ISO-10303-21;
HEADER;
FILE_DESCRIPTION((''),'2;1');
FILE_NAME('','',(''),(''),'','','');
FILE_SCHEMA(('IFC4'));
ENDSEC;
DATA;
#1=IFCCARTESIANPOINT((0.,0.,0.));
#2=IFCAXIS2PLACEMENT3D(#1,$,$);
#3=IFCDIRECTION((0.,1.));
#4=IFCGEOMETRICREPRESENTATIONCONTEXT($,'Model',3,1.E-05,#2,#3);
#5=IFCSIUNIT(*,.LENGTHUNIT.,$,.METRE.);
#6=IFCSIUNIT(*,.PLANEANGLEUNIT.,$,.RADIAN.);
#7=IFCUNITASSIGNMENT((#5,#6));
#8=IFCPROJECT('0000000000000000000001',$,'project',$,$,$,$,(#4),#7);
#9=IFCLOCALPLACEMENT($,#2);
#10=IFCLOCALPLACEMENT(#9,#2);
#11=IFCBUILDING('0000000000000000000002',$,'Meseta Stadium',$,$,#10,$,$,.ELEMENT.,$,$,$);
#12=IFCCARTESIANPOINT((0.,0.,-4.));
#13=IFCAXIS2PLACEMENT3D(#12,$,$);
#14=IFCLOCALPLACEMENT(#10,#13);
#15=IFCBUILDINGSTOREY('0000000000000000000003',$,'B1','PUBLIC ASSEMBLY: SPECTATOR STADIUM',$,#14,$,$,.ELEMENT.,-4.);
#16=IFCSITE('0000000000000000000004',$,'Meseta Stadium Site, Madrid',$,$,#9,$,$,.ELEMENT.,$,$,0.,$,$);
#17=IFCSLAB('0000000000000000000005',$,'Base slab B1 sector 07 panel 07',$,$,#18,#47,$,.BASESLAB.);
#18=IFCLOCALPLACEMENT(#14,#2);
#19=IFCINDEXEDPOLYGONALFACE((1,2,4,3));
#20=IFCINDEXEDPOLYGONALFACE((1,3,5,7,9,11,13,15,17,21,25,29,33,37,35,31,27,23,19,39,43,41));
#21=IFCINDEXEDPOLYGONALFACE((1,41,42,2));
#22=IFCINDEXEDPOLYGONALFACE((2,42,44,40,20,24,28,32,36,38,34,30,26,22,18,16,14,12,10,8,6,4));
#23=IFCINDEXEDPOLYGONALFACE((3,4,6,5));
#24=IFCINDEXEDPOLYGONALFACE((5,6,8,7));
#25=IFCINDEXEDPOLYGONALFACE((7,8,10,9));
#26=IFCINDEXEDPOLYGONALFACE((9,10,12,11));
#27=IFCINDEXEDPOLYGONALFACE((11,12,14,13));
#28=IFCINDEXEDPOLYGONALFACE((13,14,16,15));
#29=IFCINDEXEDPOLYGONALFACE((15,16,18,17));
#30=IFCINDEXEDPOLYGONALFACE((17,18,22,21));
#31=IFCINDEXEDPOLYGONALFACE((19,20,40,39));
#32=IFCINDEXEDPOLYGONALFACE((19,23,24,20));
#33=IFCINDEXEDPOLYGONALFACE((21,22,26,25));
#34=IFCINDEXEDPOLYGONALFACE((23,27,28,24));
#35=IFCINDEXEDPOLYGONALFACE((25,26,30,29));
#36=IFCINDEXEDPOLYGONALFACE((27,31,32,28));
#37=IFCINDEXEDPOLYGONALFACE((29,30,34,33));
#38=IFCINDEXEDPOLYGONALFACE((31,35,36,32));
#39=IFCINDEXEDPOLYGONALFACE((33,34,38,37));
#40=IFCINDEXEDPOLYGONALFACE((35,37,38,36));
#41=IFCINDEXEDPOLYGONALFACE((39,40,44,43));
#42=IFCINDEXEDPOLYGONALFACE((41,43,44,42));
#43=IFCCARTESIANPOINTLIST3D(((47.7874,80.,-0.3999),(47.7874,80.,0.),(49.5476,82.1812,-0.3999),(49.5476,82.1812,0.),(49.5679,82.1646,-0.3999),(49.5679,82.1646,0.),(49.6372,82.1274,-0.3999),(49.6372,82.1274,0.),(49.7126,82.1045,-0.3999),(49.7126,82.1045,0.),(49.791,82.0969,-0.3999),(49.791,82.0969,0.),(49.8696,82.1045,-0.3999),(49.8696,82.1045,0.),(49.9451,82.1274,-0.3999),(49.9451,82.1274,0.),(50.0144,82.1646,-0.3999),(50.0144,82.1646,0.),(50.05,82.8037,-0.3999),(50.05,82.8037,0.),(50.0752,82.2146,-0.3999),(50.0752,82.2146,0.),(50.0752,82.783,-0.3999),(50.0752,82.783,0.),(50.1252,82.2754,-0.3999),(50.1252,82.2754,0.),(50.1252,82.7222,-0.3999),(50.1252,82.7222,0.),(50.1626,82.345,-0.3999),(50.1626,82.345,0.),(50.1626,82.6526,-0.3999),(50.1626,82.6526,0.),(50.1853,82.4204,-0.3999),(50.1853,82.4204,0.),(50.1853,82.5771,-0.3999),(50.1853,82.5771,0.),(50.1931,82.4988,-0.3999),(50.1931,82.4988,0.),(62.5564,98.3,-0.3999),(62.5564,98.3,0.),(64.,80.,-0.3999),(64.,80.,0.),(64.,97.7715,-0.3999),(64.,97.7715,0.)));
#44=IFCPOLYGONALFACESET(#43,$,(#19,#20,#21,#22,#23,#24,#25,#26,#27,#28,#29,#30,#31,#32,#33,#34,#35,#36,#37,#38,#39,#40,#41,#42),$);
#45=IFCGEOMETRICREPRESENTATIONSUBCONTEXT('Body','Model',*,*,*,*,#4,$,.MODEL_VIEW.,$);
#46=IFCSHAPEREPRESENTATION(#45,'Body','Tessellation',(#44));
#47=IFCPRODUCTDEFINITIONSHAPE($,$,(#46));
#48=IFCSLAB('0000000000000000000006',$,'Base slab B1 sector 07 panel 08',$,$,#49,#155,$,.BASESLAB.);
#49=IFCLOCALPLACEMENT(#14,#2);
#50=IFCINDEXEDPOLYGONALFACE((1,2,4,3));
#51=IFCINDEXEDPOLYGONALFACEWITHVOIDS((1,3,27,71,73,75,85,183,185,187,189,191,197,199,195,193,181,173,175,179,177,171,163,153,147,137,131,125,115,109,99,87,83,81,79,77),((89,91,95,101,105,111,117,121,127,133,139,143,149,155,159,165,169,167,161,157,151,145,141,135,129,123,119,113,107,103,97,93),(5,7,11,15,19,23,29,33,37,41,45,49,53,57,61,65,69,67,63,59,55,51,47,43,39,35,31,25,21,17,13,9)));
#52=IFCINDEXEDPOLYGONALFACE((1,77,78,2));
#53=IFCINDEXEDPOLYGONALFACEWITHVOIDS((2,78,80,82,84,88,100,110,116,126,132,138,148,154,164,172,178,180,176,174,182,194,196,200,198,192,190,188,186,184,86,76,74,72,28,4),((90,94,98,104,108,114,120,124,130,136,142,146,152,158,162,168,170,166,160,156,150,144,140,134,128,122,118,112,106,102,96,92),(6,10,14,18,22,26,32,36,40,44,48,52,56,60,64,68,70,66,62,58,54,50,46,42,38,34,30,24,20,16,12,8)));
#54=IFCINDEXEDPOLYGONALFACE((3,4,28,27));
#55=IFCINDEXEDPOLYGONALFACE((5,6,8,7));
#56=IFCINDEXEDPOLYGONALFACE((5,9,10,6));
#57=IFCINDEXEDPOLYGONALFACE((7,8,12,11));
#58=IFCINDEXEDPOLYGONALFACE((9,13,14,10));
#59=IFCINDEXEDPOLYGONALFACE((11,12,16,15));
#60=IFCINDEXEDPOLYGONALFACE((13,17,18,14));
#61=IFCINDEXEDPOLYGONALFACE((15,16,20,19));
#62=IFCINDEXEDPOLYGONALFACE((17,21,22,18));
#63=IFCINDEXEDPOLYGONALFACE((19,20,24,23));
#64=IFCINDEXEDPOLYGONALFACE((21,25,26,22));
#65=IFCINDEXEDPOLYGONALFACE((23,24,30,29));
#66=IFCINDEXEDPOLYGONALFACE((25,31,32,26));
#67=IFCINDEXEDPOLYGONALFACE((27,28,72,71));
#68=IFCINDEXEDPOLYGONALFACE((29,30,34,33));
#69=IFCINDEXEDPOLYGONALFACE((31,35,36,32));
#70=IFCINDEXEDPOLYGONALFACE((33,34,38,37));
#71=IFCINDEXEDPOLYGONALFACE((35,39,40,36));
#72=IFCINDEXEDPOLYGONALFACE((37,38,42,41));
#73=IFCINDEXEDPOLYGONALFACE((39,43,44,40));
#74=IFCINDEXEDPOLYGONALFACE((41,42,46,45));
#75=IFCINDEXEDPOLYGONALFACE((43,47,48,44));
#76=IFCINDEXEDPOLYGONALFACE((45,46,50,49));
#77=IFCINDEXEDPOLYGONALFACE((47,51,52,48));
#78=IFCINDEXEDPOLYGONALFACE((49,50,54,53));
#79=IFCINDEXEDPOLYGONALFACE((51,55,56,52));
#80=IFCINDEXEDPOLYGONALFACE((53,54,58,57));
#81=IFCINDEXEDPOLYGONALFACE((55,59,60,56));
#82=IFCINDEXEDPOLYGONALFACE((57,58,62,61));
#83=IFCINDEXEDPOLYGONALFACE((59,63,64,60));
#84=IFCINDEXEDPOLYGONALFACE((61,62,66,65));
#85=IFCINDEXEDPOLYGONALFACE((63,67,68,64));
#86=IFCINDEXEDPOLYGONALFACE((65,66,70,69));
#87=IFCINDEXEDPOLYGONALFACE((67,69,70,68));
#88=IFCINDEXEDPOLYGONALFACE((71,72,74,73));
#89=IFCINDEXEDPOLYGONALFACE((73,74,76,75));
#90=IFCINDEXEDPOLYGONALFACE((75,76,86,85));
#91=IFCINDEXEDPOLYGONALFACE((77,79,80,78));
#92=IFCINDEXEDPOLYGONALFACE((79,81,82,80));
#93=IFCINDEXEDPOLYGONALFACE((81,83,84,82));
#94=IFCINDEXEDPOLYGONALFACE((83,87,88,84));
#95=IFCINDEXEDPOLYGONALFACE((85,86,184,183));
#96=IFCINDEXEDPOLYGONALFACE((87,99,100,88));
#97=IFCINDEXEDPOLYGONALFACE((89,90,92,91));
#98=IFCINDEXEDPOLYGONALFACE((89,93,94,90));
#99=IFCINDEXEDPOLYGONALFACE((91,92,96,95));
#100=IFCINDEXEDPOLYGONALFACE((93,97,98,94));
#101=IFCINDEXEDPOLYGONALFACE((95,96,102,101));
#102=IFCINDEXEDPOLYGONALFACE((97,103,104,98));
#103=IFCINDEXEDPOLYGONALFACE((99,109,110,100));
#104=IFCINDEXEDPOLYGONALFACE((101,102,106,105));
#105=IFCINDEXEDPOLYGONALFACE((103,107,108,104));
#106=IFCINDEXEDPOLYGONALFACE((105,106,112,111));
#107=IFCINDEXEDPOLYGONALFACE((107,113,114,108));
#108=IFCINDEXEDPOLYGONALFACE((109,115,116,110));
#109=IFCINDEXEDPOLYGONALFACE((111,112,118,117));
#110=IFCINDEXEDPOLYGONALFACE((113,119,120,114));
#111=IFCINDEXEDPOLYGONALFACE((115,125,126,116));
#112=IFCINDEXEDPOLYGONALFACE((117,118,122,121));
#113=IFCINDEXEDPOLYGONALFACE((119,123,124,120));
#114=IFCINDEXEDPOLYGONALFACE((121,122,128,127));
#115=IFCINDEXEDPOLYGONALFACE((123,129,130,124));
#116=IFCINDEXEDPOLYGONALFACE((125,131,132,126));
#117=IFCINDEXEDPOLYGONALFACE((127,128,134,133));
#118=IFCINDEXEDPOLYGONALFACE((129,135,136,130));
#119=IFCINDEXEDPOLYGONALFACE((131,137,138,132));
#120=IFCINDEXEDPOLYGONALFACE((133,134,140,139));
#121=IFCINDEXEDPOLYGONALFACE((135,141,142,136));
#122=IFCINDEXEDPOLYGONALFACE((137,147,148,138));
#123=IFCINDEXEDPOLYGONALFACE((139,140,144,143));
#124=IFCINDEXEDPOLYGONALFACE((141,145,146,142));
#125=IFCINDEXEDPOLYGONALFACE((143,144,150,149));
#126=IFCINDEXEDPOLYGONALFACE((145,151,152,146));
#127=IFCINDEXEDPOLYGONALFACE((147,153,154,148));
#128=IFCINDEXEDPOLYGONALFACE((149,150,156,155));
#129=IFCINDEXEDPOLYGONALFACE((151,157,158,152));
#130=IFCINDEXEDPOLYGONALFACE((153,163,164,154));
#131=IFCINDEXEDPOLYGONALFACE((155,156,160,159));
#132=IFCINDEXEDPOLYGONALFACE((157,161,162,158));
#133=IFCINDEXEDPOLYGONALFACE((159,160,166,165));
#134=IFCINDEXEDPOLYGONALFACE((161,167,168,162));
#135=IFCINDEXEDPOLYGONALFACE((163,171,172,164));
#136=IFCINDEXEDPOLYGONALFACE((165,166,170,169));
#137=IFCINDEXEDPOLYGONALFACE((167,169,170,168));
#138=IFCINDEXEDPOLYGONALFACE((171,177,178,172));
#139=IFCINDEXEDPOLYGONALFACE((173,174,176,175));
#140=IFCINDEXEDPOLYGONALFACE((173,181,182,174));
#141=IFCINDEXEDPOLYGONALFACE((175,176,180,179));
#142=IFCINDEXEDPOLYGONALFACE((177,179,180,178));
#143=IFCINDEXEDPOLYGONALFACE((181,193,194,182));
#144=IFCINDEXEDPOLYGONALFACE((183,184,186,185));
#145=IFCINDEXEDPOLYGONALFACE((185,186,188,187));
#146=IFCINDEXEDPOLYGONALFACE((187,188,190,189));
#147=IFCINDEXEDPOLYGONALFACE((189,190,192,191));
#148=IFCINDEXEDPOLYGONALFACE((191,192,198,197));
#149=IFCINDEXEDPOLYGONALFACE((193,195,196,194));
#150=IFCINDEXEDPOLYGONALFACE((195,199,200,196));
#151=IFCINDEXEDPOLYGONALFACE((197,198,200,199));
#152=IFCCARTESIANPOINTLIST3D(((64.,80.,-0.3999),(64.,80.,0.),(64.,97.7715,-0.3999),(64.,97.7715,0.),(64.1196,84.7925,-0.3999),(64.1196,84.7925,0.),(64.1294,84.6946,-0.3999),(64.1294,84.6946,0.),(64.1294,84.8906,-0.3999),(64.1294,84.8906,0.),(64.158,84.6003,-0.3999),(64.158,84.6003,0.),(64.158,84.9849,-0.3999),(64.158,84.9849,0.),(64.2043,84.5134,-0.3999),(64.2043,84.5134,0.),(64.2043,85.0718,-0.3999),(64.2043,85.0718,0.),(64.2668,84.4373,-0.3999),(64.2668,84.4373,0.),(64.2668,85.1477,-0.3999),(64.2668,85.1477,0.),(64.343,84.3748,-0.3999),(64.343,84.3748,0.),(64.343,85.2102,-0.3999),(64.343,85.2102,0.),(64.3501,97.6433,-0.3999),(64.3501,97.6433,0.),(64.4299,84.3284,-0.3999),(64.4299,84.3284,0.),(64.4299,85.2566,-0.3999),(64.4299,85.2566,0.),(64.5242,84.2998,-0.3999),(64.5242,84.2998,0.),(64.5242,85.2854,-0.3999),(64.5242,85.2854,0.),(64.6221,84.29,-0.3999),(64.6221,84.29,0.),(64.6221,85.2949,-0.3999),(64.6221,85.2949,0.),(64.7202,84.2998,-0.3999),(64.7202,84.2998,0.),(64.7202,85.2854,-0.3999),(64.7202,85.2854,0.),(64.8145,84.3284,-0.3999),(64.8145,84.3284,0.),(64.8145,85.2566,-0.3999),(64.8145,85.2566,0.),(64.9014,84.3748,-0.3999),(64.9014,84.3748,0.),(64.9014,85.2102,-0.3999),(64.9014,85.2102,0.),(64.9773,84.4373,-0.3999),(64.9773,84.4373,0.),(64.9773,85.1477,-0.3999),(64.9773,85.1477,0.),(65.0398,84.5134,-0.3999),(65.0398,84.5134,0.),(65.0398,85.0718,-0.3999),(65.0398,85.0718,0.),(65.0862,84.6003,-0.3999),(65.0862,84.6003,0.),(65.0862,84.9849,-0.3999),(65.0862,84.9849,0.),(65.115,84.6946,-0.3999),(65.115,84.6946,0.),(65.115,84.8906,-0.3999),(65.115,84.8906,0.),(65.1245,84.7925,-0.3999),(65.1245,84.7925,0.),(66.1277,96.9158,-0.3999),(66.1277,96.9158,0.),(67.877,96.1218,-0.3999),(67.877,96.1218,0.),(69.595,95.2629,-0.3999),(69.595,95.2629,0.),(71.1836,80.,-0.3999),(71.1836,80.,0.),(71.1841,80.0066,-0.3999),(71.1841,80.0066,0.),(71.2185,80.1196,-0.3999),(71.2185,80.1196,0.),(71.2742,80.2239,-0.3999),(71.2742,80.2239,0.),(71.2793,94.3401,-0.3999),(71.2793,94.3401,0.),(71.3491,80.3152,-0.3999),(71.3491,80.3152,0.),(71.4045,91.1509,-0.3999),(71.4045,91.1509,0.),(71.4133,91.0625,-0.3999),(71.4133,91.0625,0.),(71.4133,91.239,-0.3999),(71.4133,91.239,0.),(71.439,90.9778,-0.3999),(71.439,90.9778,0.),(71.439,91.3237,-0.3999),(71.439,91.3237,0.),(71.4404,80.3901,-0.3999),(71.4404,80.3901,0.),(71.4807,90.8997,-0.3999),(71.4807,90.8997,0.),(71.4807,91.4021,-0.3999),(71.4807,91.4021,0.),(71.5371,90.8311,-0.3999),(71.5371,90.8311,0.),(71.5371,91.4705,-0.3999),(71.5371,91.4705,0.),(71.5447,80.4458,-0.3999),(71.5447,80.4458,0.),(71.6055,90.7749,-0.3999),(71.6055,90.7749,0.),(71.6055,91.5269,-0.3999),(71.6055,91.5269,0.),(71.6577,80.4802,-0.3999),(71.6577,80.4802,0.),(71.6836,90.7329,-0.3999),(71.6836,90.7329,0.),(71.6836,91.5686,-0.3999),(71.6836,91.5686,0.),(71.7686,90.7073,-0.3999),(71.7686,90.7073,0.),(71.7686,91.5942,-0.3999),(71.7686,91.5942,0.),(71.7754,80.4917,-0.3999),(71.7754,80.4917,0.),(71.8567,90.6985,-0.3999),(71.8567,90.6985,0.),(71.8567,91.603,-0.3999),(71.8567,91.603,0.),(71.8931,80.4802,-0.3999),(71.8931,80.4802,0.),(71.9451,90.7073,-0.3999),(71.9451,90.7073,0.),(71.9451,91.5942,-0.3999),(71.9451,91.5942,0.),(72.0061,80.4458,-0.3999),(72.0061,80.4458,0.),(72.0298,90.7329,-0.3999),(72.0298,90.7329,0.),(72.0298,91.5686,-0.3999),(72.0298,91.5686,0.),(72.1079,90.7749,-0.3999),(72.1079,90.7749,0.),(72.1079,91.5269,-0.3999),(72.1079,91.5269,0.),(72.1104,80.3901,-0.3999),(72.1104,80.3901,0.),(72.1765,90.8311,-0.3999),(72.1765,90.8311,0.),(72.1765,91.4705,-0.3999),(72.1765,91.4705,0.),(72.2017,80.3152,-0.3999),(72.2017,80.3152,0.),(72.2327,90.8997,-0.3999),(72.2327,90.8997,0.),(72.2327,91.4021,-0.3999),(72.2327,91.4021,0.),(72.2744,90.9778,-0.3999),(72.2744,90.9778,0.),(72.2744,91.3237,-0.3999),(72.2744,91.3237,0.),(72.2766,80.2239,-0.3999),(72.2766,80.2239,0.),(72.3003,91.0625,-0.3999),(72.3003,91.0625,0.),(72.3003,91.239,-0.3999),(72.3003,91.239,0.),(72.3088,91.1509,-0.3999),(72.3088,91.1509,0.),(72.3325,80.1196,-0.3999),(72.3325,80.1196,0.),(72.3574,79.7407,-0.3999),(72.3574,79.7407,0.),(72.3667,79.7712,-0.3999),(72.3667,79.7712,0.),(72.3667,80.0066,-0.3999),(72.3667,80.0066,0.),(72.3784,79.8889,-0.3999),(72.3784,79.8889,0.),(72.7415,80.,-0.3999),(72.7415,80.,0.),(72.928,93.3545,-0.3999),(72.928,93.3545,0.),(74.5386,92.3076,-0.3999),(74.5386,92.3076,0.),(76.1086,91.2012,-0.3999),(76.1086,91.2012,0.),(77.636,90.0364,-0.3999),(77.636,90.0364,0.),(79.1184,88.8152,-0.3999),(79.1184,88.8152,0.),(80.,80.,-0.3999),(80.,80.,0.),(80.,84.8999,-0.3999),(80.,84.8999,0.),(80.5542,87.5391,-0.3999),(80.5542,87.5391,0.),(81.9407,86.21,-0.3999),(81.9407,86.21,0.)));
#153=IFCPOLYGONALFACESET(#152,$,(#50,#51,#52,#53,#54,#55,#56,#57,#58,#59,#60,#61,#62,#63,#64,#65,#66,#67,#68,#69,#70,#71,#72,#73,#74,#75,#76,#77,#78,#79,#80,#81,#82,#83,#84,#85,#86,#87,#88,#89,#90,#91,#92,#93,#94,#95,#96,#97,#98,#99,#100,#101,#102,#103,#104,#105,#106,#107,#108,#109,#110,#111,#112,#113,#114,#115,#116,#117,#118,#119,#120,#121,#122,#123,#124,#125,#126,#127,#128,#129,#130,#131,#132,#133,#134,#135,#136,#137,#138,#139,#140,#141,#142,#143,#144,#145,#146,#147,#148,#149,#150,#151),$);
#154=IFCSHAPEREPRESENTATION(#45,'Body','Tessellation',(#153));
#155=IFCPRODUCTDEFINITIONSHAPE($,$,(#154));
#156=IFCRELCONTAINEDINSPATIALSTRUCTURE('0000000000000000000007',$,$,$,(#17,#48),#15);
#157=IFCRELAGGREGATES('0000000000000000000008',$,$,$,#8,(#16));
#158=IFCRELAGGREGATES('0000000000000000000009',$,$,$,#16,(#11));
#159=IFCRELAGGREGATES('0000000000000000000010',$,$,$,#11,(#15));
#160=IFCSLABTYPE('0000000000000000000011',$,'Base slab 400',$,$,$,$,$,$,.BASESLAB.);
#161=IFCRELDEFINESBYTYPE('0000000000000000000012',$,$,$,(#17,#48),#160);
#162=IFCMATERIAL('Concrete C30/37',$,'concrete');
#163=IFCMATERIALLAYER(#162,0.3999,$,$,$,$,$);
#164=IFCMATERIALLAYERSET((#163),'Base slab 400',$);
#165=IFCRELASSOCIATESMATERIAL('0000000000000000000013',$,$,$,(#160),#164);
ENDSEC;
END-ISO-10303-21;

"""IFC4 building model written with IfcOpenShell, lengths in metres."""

from ifc_helpers import new_model, si_unit, direction, frame, origin, place, context, subcontext, project, spatial, polyline, outline, extrude, material, layer, layer_set, type_object, element, save


model = new_model("IFC4")

# Units and contexts
model_context = context("Model", 3, precision=1e-05, world=origin(), true_north=direction((0.0, 1.0)))
body_context = subcontext(model_context, "Body", "Model", "MODEL_VIEW")
ifc_project = project(units=[si_unit("LENGTHUNIT", "METRE"), si_unit("PLANEANGLEUNIT", "RADIAN")], contexts=[model_context])

# Site, building, storey
site_placement = place(None, origin())
site = spatial("IfcSite", under=ifc_project, at=site_placement, Name="Meseta Stadium Site, Madrid", CompositionType="ELEMENT", RefElevation=0.0)
building_placement = place(site_placement, origin())
building = spatial("IfcBuilding", under=site, at=building_placement, Name="Meseta Stadium", CompositionType="ELEMENT")
storey_placement = place(building_placement, frame((0.0, 0.0, -4.0)))
storey = spatial("IfcBuildingStorey", under=building, at=storey_placement, Name="B1", Description="PUBLIC ASSEMBLY: SPECTATOR STADIUM", CompositionType="ELEMENT", Elevation=-4.0)

# Slabs
ifc_material_1 = material(Name="Concrete C30/37", Category="concrete")
ifc_layer = layer(ifc_material_1, 0.3999)
ifc_layer_set = layer_set([ifc_layer], Name="Base slab 400")
slab_type = type_object("IfcSlabType", Name="Base slab 400", PredefinedType="BASESLAB", material=ifc_layer_set)
slab_1_placement = place(storey_placement, frame((0.0, 0.0, -0.3999)))
element("IfcSlab", 1, at=slab_1_placement, inside=storey, type_object=slab_type, Name="Base slab B1 sector 07 panel 07", PredefinedType="BASESLAB", context=body_context, shape_type="SweptSolid", body=[
    extrude(outline(polyline([(49.5476, 82.1812), (47.7874, 80.0), (64.0, 80.0), (64.0, 97.7715), (62.5564, 98.3), (50.05, 82.8037), (50.0752, 82.783), (50.1252, 82.7222), (50.1626, 82.6526), (50.1853, 82.5771), (50.1931, 82.4988), (50.1853, 82.4204), (50.1626, 82.345), (50.1252, 82.2754), (50.0752, 82.2146), (50.0144, 82.1646), (49.9451, 82.1274), (49.8696, 82.1045), (49.791, 82.0969), (49.7126, 82.1045), (49.6372, 82.1274), (49.5679, 82.1646), (49.5476, 82.1812)])), origin(), (0.0, 0.0, 1.0), 0.3999),
])
slab_2_placement = place(storey_placement, frame((0.0, 0.0, -0.3999)))
element("IfcSlab", 2, at=slab_2_placement, inside=storey, type_object=slab_type, Name="Base slab B1 sector 07 panel 08", PredefinedType="BASESLAB", context=body_context, shape_type="SweptSolid", body=[
    extrude(outline(polyline([(81.9407, 86.21), (80.5542, 87.5391), (79.1184, 88.8152), (77.636, 90.0364), (76.1086, 91.2012), (74.5386, 92.3076), (72.928, 93.3545), (71.2793, 94.3401), (69.595, 95.2629), (67.877, 96.1218), (66.1277, 96.9158), (64.3501, 97.6433), (64.0, 97.7715), (64.0, 80.0), (71.1836, 80.0), (71.1841, 80.0066), (71.2185, 80.1196), (71.2742, 80.2239), (71.3491, 80.3152), (71.4404, 80.3901), (71.5447, 80.4458), (71.6577, 80.4802), (71.7754, 80.4917), (71.8931, 80.4802), (72.0061, 80.4458), (72.1104, 80.3901), (72.2017, 80.3152), (72.2766, 80.2239), (72.3325, 80.1196), (72.3667, 80.0066), (72.3784, 79.8889), (72.3667, 79.7712), (72.3574, 79.7407), (72.7415, 80.0), (80.0, 80.0), (80.0, 84.8999), (81.9407, 86.21)]), holes=[polyline([(65.0862, 84.9849), (65.115, 84.8906), (65.1245, 84.7925), (65.115, 84.6946), (65.0862, 84.6003), (65.0398, 84.5134), (64.9773, 84.4373), (64.9014, 84.3748), (64.8145, 84.3284), (64.7202, 84.2998), (64.6221, 84.29), (64.5242, 84.2998), (64.4299, 84.3284), (64.343, 84.3748), (64.2668, 84.4373), (64.2043, 84.5134), (64.158, 84.6003), (64.1294, 84.6946), (64.1196, 84.7925), (64.1294, 84.8906), (64.158, 84.9849), (64.2043, 85.0718), (64.2668, 85.1477), (64.343, 85.2102), (64.4299, 85.2566), (64.5242, 85.2854), (64.6221, 85.2949), (64.7202, 85.2854), (64.8145, 85.2566), (64.9014, 85.2102), (64.9773, 85.1477), (65.0398, 85.0718), (65.0862, 84.9849)]), polyline([(72.2744, 91.3237), (72.3003, 91.239), (72.3088, 91.1509), (72.3003, 91.0625), (72.2744, 90.9778), (72.2327, 90.8997), (72.1765, 90.8311), (72.1079, 90.7749), (72.0298, 90.7329), (71.9451, 90.7073), (71.8567, 90.6985), (71.7686, 90.7073), (71.6836, 90.7329), (71.6055, 90.7749), (71.5371, 90.8311), (71.4807, 90.8997), (71.439, 90.9778), (71.4133, 91.0625), (71.4045, 91.1509), (71.4133, 91.239), (71.439, 91.3237), (71.4807, 91.4021), (71.5371, 91.4705), (71.6055, 91.5269), (71.6836, 91.5686), (71.7686, 91.5942), (71.8567, 91.603), (71.9451, 91.5942), (72.0298, 91.5686), (72.1079, 91.5269), (72.1765, 91.4705), (72.2327, 91.4021), (72.2744, 91.3237)])]), origin(), (0.0, 0.0, 1.0), 0.3999),
])

save(model, "model.ifc")
